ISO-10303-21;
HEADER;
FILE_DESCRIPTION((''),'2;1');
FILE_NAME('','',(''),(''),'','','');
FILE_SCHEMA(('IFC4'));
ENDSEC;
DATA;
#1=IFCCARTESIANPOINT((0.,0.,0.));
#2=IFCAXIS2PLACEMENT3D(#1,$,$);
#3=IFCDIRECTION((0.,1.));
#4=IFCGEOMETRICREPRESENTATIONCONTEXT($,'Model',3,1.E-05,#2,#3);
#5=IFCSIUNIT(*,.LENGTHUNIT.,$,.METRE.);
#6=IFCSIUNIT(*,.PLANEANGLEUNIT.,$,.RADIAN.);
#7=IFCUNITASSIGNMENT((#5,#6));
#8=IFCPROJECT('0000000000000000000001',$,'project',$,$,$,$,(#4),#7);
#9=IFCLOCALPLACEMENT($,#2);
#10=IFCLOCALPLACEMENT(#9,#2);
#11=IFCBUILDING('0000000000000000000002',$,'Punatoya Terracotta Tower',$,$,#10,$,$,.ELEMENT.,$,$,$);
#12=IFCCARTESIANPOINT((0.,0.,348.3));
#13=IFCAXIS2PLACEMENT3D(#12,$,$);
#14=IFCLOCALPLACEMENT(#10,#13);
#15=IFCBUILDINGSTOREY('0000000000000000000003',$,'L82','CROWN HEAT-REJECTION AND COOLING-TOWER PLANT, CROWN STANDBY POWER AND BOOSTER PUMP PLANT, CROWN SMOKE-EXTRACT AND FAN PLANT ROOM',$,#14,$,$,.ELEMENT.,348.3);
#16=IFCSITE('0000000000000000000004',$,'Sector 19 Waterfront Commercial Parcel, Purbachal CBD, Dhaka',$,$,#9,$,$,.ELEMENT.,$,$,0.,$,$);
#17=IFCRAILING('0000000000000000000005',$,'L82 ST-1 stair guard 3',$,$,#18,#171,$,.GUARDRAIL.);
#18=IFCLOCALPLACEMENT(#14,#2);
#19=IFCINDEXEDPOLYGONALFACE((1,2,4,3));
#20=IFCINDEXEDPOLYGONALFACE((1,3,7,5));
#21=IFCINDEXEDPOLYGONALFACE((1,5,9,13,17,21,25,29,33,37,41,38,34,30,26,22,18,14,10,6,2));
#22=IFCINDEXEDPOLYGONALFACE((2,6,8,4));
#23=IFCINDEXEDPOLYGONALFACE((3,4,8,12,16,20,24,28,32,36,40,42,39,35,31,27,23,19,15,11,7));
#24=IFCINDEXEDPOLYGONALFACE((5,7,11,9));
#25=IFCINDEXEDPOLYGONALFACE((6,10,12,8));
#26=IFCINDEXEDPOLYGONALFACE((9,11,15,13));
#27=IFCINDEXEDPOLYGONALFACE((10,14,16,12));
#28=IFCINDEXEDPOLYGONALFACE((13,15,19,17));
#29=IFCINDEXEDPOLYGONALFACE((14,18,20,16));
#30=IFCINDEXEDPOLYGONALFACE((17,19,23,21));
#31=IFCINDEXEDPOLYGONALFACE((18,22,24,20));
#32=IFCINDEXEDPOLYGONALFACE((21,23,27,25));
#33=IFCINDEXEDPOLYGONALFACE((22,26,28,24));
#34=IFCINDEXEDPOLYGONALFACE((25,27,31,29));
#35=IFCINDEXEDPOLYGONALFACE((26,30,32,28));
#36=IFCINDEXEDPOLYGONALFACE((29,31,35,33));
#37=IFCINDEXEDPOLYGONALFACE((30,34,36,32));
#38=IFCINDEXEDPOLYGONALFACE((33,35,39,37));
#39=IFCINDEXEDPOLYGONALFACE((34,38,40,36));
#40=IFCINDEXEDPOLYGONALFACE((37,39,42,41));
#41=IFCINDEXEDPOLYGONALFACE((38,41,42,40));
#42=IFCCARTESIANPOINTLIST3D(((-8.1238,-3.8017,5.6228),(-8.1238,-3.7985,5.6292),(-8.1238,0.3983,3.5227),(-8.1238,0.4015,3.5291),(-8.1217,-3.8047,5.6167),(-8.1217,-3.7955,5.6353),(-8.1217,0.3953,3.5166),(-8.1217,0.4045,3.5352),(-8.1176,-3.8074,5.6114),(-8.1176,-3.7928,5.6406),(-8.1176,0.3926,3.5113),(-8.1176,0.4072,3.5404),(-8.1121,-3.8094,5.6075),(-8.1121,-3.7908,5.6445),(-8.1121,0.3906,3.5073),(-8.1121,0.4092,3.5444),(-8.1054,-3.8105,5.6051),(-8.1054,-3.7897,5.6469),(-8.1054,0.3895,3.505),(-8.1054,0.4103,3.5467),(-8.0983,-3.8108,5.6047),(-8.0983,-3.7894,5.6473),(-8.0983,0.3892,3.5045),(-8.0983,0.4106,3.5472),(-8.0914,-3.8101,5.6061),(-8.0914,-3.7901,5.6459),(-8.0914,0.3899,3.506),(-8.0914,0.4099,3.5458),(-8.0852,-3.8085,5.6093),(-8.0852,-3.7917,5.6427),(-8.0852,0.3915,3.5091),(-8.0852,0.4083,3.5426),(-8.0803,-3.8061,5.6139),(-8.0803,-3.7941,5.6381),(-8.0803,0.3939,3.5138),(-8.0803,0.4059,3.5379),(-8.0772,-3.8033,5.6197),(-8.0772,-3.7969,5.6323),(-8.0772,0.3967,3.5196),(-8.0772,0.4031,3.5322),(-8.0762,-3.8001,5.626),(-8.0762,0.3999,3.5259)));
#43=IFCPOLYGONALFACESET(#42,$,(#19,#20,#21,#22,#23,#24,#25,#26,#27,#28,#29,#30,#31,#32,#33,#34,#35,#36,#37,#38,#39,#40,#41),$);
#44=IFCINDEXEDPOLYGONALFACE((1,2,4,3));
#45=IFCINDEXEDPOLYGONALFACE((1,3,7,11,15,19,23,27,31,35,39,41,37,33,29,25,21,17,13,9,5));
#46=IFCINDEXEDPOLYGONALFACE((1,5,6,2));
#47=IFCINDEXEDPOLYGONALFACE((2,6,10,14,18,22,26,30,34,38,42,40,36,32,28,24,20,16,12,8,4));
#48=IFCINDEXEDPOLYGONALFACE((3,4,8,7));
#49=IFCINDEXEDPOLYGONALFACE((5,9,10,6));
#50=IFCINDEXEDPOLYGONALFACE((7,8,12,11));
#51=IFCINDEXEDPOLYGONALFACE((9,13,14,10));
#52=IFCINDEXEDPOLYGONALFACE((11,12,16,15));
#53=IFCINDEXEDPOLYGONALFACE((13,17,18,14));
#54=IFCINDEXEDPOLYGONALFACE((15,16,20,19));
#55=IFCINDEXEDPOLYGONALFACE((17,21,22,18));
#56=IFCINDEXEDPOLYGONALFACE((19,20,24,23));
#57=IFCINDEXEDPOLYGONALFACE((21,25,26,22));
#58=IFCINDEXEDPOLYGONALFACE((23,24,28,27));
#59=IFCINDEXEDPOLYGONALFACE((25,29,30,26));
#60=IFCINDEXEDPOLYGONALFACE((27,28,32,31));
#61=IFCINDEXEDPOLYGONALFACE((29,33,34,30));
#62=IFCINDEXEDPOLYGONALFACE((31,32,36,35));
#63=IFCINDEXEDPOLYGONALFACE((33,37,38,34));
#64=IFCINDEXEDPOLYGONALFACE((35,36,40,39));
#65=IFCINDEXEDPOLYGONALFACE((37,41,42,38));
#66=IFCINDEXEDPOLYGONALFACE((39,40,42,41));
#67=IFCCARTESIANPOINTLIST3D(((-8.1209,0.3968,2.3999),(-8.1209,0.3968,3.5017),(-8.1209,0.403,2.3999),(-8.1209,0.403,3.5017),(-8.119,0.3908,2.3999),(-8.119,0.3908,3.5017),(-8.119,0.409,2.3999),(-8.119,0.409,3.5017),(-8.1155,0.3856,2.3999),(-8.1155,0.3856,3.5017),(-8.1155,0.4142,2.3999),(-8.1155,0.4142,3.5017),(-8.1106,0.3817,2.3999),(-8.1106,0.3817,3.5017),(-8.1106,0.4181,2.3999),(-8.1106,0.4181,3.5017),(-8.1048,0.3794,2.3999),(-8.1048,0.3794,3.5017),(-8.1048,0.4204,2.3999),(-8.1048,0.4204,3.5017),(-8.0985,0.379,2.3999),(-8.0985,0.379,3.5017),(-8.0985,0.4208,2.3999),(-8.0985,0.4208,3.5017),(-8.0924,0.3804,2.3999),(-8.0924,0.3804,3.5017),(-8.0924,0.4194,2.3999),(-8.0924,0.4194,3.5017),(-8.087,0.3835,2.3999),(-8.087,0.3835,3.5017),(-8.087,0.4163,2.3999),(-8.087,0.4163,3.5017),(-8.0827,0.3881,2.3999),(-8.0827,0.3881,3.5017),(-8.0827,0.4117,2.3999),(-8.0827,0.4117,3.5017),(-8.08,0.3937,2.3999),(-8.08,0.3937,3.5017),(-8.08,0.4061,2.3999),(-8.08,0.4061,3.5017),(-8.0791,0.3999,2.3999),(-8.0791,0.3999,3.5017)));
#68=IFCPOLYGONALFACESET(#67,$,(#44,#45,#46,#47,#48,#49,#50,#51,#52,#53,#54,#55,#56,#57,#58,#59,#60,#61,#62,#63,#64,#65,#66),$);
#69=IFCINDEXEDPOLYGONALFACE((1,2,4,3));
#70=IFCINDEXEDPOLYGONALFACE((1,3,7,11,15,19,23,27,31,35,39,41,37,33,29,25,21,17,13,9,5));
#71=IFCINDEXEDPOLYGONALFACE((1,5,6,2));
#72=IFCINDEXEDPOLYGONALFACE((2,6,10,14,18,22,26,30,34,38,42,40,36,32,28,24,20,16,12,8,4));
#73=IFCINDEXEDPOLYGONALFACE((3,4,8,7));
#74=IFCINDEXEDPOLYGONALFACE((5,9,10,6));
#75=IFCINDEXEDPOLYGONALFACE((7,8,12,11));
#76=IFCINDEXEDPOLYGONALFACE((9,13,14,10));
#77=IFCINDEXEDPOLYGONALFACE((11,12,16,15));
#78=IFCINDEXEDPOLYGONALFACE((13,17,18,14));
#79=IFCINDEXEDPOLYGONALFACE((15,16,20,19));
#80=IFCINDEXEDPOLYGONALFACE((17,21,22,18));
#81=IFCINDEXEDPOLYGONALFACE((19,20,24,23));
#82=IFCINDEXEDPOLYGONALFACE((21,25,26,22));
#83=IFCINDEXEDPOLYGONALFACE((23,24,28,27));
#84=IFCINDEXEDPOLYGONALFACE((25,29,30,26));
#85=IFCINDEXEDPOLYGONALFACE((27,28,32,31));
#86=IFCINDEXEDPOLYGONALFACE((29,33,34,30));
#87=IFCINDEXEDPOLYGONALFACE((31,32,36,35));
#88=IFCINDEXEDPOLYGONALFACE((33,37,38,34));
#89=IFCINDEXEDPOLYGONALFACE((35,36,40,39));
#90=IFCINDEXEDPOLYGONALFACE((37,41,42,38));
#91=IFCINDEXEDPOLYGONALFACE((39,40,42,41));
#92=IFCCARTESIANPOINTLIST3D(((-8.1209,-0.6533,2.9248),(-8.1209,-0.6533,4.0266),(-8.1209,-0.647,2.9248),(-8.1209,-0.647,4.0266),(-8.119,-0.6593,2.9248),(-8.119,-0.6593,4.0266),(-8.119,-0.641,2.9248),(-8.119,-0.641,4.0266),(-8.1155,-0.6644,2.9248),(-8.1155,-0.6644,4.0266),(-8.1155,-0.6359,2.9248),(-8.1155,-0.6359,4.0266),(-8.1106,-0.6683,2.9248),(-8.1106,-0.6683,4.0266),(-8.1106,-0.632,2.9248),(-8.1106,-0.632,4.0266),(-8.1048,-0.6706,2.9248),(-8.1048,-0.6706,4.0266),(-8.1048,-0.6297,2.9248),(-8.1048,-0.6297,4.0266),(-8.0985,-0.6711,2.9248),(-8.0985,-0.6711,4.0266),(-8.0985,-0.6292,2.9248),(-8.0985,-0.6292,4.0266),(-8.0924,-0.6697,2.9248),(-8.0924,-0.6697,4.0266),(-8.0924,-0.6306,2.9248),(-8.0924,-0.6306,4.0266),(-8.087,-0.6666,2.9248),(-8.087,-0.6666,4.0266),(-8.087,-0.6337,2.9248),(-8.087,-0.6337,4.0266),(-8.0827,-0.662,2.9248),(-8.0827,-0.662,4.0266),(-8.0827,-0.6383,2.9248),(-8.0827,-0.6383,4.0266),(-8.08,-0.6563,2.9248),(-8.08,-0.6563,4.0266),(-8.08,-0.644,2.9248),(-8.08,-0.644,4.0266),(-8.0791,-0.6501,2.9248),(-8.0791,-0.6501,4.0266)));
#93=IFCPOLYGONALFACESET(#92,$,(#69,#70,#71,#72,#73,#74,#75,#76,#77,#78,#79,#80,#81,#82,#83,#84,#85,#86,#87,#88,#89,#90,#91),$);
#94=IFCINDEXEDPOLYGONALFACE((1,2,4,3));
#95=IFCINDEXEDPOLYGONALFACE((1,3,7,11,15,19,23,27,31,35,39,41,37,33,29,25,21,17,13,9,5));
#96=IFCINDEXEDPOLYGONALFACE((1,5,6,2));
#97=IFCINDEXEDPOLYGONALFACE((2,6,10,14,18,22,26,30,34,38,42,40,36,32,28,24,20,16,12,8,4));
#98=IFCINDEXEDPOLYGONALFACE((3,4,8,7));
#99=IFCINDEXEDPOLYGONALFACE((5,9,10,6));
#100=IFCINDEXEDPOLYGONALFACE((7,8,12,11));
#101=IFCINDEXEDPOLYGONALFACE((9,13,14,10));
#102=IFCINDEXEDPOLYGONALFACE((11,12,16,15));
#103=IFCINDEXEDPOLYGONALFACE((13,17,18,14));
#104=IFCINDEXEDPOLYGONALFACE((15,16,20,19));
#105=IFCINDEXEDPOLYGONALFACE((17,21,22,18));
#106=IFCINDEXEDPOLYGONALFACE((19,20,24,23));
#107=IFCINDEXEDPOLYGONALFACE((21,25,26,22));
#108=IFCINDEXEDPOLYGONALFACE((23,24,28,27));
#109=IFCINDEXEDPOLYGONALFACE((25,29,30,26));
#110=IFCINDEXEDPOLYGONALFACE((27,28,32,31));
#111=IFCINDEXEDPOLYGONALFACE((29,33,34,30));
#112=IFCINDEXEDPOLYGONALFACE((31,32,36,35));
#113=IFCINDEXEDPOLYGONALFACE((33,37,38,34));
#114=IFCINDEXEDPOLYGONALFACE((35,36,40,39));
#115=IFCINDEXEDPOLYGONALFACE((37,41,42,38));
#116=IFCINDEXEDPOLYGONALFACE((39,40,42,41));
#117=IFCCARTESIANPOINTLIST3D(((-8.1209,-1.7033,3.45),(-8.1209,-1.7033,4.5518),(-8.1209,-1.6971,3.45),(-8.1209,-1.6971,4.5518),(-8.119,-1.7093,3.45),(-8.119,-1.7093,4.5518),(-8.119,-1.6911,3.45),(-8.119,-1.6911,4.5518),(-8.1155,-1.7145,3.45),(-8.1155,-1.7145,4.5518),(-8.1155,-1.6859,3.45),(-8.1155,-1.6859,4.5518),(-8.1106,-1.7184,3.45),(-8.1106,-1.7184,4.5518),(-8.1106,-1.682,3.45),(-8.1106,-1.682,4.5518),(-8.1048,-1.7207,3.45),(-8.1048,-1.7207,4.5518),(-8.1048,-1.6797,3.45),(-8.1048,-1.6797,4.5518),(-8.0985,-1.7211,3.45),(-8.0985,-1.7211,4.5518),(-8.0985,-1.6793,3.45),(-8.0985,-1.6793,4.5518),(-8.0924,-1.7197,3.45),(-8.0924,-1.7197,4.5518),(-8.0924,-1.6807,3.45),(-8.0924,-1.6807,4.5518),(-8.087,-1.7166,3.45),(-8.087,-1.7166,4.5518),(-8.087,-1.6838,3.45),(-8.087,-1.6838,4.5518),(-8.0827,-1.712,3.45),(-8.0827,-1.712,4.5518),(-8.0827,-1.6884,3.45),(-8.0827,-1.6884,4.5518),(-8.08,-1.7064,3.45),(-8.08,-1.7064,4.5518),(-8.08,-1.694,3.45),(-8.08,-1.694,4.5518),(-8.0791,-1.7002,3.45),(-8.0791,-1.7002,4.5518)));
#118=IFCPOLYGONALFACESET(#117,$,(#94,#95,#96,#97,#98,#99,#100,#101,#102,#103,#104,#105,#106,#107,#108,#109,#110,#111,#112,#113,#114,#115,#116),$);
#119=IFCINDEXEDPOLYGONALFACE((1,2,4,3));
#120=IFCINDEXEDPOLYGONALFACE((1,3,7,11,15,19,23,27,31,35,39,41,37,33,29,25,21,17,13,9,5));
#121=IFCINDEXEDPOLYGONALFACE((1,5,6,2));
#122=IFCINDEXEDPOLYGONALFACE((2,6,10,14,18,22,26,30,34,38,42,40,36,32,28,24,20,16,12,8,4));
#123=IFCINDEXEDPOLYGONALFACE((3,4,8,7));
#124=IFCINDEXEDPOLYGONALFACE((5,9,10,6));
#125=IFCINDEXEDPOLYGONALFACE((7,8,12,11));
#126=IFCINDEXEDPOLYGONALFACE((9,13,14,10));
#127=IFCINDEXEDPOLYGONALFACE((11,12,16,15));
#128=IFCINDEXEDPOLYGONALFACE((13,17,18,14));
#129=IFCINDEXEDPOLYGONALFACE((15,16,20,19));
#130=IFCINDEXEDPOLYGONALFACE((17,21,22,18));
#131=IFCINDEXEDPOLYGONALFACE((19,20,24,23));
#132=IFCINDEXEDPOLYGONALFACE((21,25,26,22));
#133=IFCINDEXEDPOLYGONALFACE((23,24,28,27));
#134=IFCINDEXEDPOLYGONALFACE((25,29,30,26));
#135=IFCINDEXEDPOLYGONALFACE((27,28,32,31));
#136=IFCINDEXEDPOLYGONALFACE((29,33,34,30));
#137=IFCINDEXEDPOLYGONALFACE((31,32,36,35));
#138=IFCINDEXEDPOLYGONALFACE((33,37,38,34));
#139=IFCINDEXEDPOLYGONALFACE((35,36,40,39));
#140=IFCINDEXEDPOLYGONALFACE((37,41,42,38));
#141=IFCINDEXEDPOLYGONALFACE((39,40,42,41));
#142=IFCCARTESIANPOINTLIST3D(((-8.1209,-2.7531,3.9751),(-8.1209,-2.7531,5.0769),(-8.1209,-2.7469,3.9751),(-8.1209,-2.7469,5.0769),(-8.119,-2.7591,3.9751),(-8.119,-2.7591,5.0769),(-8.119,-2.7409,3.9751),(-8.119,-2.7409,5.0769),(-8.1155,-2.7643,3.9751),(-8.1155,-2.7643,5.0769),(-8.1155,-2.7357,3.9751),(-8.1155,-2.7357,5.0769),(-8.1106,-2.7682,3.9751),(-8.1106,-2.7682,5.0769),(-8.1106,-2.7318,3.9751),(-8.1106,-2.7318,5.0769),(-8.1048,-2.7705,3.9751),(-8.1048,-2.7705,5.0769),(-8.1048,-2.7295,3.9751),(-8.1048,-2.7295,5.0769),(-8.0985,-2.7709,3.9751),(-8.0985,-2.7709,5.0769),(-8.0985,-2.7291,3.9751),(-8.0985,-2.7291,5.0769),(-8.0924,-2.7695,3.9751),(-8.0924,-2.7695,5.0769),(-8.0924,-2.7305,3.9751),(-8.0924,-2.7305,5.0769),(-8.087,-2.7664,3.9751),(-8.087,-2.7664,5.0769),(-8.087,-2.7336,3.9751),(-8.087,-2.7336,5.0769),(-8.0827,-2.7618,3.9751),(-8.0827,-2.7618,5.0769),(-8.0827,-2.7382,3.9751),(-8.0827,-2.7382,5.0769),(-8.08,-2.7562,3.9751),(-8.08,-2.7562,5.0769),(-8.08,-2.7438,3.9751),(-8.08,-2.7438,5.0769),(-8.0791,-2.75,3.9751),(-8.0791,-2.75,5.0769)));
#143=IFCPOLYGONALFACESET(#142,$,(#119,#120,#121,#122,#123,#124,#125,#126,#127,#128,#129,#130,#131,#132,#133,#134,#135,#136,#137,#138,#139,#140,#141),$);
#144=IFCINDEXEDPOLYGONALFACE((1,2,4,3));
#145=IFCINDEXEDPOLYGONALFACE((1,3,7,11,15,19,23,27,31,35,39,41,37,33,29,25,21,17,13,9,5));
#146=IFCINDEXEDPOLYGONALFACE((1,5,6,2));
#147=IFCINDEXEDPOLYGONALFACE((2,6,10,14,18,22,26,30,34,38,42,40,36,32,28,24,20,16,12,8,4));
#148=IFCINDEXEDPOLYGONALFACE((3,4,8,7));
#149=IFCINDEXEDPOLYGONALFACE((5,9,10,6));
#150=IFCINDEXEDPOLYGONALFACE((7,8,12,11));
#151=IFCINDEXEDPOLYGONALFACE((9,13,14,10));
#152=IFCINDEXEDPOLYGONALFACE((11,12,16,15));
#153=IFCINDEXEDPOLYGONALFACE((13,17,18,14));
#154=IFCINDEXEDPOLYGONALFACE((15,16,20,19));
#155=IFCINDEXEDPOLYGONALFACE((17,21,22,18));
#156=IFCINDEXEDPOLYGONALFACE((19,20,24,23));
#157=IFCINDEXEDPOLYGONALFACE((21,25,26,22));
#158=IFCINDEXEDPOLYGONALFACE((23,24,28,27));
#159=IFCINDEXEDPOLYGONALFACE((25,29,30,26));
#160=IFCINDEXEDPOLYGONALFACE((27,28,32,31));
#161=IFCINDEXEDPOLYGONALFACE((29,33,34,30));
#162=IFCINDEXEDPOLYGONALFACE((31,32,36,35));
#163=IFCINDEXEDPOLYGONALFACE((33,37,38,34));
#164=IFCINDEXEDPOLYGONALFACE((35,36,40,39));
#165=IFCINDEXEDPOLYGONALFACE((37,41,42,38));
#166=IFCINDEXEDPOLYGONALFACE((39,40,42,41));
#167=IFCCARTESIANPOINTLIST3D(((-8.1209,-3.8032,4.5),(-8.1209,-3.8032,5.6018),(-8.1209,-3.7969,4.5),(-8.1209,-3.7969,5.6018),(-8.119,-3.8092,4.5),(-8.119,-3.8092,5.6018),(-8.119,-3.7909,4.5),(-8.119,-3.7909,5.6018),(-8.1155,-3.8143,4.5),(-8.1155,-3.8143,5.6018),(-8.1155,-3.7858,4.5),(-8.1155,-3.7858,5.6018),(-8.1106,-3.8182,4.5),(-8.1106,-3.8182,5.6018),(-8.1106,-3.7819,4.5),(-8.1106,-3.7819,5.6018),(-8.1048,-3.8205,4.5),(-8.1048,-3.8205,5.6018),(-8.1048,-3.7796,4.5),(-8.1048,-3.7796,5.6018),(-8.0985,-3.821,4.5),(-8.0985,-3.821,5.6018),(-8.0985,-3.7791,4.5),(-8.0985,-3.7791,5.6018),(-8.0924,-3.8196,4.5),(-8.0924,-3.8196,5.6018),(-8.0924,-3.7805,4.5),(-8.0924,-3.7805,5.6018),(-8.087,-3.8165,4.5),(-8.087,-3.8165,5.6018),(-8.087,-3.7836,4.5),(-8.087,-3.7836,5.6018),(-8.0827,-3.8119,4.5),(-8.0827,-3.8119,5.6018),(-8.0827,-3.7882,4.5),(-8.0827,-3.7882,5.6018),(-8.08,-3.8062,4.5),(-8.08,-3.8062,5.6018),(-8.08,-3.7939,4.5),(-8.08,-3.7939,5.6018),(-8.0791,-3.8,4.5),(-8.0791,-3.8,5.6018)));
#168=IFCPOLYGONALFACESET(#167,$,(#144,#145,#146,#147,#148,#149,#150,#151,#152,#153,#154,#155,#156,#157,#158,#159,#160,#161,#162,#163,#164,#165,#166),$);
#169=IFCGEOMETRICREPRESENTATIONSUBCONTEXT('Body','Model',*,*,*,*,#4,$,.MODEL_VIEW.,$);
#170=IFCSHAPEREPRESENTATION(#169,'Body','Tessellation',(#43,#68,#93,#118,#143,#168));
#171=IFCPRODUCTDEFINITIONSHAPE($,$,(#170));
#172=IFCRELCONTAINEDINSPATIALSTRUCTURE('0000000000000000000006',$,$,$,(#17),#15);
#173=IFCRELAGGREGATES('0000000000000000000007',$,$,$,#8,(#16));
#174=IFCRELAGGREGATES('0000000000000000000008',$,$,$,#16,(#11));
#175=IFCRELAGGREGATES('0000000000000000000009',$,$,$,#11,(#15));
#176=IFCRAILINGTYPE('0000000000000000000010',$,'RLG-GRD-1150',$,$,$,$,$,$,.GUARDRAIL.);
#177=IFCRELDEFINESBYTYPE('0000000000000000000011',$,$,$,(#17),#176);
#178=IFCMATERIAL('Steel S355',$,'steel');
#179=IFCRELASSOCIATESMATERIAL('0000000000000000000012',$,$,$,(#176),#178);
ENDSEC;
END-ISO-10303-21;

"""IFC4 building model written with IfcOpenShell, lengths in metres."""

from ifc_helpers import new_model, si_unit, direction, frame, origin, origin_2d, place, context, subcontext, project, spatial, circle, extrude, material, type_object, element, save


model = new_model("IFC4")

# Units and contexts
model_context = context("Model", 3, precision=1e-05, world=origin(), true_north=direction((0.0, 1.0)))
body_context = subcontext(model_context, "Body", "Model", "MODEL_VIEW")
ifc_project = project(units=[si_unit("LENGTHUNIT", "METRE"), si_unit("PLANEANGLEUNIT", "RADIAN")], contexts=[model_context])

# Site, building, storey
site_placement = place(None, origin())
site = spatial("IfcSite", under=ifc_project, at=site_placement, Name="Sector 19 Waterfront Commercial Parcel, Purbachal CBD, Dhaka", CompositionType="ELEMENT", RefElevation=0.0)
building_placement = place(site_placement, origin())
building = spatial("IfcBuilding", under=site, at=building_placement, Name="Punatoya Terracotta Tower", CompositionType="ELEMENT")
storey_placement = place(building_placement, frame((0.0, 0.0, 348.3)))
storey = spatial("IfcBuildingStorey", under=building, at=storey_placement, Name="L82", Description="CROWN HEAT-REJECTION AND COOLING-TOWER PLANT, CROWN STANDBY POWER AND BOOSTER PUMP PLANT, CROWN SMOKE-EXTRACT AND FAN PLANT ROOM", CompositionType="ELEMENT", Elevation=348.3)

# Shared definitions
ifc_material_1 = material(Name="Steel S355", Category="steel")

# Railing
railing_type_1 = type_object("IfcRailingType", Name="RLG-GRD-1150", PredefinedType="GUARDRAIL", material=ifc_material_1)
railing_1_placement = place(storey_placement, frame((-8.1001, 0.3999, 2.3999)))
element("IfcRailing", 1, at=railing_1_placement, inside=storey, type_object=railing_type_1, Name="L82 ST-1 stair guard 3", PredefinedType="GUARDRAIL", context=body_context, shape_type="SweptSolid", body=[
    extrude(circle(Radius=0.0239, at=origin_2d()), frame((0.0, 0.0, 1.126), z_axis=(0.0, -0.894417, 0.447234), x_axis=(1.0, 0.0, 0.0)), (0.0, 0.0, 1.0), 4.6958),
    extrude(circle(Radius=0.021, at=origin_2d()), origin(), (0.0, 0.0, 1.0), 1.1018),
    extrude(circle(Radius=0.021, at=origin_2d()), frame((0.0, -1.05, 0.5249)), (0.0, 0.0, 1.0), 1.1018),
    extrude(circle(Radius=0.021, at=origin_2d()), frame((0.0, -2.1001, 1.05)), (0.0, 0.0, 1.0), 1.1018),
    extrude(circle(Radius=0.021, at=origin_2d()), frame((0.0, -3.1499, 1.5752)), (0.0, 0.0, 1.0), 1.1018),
    extrude(circle(Radius=0.021, at=origin_2d()), frame((0.0, -4.2, 2.1001)), (0.0, 0.0, 1.0), 1.1018),
])

save(model, "model.ifc")
